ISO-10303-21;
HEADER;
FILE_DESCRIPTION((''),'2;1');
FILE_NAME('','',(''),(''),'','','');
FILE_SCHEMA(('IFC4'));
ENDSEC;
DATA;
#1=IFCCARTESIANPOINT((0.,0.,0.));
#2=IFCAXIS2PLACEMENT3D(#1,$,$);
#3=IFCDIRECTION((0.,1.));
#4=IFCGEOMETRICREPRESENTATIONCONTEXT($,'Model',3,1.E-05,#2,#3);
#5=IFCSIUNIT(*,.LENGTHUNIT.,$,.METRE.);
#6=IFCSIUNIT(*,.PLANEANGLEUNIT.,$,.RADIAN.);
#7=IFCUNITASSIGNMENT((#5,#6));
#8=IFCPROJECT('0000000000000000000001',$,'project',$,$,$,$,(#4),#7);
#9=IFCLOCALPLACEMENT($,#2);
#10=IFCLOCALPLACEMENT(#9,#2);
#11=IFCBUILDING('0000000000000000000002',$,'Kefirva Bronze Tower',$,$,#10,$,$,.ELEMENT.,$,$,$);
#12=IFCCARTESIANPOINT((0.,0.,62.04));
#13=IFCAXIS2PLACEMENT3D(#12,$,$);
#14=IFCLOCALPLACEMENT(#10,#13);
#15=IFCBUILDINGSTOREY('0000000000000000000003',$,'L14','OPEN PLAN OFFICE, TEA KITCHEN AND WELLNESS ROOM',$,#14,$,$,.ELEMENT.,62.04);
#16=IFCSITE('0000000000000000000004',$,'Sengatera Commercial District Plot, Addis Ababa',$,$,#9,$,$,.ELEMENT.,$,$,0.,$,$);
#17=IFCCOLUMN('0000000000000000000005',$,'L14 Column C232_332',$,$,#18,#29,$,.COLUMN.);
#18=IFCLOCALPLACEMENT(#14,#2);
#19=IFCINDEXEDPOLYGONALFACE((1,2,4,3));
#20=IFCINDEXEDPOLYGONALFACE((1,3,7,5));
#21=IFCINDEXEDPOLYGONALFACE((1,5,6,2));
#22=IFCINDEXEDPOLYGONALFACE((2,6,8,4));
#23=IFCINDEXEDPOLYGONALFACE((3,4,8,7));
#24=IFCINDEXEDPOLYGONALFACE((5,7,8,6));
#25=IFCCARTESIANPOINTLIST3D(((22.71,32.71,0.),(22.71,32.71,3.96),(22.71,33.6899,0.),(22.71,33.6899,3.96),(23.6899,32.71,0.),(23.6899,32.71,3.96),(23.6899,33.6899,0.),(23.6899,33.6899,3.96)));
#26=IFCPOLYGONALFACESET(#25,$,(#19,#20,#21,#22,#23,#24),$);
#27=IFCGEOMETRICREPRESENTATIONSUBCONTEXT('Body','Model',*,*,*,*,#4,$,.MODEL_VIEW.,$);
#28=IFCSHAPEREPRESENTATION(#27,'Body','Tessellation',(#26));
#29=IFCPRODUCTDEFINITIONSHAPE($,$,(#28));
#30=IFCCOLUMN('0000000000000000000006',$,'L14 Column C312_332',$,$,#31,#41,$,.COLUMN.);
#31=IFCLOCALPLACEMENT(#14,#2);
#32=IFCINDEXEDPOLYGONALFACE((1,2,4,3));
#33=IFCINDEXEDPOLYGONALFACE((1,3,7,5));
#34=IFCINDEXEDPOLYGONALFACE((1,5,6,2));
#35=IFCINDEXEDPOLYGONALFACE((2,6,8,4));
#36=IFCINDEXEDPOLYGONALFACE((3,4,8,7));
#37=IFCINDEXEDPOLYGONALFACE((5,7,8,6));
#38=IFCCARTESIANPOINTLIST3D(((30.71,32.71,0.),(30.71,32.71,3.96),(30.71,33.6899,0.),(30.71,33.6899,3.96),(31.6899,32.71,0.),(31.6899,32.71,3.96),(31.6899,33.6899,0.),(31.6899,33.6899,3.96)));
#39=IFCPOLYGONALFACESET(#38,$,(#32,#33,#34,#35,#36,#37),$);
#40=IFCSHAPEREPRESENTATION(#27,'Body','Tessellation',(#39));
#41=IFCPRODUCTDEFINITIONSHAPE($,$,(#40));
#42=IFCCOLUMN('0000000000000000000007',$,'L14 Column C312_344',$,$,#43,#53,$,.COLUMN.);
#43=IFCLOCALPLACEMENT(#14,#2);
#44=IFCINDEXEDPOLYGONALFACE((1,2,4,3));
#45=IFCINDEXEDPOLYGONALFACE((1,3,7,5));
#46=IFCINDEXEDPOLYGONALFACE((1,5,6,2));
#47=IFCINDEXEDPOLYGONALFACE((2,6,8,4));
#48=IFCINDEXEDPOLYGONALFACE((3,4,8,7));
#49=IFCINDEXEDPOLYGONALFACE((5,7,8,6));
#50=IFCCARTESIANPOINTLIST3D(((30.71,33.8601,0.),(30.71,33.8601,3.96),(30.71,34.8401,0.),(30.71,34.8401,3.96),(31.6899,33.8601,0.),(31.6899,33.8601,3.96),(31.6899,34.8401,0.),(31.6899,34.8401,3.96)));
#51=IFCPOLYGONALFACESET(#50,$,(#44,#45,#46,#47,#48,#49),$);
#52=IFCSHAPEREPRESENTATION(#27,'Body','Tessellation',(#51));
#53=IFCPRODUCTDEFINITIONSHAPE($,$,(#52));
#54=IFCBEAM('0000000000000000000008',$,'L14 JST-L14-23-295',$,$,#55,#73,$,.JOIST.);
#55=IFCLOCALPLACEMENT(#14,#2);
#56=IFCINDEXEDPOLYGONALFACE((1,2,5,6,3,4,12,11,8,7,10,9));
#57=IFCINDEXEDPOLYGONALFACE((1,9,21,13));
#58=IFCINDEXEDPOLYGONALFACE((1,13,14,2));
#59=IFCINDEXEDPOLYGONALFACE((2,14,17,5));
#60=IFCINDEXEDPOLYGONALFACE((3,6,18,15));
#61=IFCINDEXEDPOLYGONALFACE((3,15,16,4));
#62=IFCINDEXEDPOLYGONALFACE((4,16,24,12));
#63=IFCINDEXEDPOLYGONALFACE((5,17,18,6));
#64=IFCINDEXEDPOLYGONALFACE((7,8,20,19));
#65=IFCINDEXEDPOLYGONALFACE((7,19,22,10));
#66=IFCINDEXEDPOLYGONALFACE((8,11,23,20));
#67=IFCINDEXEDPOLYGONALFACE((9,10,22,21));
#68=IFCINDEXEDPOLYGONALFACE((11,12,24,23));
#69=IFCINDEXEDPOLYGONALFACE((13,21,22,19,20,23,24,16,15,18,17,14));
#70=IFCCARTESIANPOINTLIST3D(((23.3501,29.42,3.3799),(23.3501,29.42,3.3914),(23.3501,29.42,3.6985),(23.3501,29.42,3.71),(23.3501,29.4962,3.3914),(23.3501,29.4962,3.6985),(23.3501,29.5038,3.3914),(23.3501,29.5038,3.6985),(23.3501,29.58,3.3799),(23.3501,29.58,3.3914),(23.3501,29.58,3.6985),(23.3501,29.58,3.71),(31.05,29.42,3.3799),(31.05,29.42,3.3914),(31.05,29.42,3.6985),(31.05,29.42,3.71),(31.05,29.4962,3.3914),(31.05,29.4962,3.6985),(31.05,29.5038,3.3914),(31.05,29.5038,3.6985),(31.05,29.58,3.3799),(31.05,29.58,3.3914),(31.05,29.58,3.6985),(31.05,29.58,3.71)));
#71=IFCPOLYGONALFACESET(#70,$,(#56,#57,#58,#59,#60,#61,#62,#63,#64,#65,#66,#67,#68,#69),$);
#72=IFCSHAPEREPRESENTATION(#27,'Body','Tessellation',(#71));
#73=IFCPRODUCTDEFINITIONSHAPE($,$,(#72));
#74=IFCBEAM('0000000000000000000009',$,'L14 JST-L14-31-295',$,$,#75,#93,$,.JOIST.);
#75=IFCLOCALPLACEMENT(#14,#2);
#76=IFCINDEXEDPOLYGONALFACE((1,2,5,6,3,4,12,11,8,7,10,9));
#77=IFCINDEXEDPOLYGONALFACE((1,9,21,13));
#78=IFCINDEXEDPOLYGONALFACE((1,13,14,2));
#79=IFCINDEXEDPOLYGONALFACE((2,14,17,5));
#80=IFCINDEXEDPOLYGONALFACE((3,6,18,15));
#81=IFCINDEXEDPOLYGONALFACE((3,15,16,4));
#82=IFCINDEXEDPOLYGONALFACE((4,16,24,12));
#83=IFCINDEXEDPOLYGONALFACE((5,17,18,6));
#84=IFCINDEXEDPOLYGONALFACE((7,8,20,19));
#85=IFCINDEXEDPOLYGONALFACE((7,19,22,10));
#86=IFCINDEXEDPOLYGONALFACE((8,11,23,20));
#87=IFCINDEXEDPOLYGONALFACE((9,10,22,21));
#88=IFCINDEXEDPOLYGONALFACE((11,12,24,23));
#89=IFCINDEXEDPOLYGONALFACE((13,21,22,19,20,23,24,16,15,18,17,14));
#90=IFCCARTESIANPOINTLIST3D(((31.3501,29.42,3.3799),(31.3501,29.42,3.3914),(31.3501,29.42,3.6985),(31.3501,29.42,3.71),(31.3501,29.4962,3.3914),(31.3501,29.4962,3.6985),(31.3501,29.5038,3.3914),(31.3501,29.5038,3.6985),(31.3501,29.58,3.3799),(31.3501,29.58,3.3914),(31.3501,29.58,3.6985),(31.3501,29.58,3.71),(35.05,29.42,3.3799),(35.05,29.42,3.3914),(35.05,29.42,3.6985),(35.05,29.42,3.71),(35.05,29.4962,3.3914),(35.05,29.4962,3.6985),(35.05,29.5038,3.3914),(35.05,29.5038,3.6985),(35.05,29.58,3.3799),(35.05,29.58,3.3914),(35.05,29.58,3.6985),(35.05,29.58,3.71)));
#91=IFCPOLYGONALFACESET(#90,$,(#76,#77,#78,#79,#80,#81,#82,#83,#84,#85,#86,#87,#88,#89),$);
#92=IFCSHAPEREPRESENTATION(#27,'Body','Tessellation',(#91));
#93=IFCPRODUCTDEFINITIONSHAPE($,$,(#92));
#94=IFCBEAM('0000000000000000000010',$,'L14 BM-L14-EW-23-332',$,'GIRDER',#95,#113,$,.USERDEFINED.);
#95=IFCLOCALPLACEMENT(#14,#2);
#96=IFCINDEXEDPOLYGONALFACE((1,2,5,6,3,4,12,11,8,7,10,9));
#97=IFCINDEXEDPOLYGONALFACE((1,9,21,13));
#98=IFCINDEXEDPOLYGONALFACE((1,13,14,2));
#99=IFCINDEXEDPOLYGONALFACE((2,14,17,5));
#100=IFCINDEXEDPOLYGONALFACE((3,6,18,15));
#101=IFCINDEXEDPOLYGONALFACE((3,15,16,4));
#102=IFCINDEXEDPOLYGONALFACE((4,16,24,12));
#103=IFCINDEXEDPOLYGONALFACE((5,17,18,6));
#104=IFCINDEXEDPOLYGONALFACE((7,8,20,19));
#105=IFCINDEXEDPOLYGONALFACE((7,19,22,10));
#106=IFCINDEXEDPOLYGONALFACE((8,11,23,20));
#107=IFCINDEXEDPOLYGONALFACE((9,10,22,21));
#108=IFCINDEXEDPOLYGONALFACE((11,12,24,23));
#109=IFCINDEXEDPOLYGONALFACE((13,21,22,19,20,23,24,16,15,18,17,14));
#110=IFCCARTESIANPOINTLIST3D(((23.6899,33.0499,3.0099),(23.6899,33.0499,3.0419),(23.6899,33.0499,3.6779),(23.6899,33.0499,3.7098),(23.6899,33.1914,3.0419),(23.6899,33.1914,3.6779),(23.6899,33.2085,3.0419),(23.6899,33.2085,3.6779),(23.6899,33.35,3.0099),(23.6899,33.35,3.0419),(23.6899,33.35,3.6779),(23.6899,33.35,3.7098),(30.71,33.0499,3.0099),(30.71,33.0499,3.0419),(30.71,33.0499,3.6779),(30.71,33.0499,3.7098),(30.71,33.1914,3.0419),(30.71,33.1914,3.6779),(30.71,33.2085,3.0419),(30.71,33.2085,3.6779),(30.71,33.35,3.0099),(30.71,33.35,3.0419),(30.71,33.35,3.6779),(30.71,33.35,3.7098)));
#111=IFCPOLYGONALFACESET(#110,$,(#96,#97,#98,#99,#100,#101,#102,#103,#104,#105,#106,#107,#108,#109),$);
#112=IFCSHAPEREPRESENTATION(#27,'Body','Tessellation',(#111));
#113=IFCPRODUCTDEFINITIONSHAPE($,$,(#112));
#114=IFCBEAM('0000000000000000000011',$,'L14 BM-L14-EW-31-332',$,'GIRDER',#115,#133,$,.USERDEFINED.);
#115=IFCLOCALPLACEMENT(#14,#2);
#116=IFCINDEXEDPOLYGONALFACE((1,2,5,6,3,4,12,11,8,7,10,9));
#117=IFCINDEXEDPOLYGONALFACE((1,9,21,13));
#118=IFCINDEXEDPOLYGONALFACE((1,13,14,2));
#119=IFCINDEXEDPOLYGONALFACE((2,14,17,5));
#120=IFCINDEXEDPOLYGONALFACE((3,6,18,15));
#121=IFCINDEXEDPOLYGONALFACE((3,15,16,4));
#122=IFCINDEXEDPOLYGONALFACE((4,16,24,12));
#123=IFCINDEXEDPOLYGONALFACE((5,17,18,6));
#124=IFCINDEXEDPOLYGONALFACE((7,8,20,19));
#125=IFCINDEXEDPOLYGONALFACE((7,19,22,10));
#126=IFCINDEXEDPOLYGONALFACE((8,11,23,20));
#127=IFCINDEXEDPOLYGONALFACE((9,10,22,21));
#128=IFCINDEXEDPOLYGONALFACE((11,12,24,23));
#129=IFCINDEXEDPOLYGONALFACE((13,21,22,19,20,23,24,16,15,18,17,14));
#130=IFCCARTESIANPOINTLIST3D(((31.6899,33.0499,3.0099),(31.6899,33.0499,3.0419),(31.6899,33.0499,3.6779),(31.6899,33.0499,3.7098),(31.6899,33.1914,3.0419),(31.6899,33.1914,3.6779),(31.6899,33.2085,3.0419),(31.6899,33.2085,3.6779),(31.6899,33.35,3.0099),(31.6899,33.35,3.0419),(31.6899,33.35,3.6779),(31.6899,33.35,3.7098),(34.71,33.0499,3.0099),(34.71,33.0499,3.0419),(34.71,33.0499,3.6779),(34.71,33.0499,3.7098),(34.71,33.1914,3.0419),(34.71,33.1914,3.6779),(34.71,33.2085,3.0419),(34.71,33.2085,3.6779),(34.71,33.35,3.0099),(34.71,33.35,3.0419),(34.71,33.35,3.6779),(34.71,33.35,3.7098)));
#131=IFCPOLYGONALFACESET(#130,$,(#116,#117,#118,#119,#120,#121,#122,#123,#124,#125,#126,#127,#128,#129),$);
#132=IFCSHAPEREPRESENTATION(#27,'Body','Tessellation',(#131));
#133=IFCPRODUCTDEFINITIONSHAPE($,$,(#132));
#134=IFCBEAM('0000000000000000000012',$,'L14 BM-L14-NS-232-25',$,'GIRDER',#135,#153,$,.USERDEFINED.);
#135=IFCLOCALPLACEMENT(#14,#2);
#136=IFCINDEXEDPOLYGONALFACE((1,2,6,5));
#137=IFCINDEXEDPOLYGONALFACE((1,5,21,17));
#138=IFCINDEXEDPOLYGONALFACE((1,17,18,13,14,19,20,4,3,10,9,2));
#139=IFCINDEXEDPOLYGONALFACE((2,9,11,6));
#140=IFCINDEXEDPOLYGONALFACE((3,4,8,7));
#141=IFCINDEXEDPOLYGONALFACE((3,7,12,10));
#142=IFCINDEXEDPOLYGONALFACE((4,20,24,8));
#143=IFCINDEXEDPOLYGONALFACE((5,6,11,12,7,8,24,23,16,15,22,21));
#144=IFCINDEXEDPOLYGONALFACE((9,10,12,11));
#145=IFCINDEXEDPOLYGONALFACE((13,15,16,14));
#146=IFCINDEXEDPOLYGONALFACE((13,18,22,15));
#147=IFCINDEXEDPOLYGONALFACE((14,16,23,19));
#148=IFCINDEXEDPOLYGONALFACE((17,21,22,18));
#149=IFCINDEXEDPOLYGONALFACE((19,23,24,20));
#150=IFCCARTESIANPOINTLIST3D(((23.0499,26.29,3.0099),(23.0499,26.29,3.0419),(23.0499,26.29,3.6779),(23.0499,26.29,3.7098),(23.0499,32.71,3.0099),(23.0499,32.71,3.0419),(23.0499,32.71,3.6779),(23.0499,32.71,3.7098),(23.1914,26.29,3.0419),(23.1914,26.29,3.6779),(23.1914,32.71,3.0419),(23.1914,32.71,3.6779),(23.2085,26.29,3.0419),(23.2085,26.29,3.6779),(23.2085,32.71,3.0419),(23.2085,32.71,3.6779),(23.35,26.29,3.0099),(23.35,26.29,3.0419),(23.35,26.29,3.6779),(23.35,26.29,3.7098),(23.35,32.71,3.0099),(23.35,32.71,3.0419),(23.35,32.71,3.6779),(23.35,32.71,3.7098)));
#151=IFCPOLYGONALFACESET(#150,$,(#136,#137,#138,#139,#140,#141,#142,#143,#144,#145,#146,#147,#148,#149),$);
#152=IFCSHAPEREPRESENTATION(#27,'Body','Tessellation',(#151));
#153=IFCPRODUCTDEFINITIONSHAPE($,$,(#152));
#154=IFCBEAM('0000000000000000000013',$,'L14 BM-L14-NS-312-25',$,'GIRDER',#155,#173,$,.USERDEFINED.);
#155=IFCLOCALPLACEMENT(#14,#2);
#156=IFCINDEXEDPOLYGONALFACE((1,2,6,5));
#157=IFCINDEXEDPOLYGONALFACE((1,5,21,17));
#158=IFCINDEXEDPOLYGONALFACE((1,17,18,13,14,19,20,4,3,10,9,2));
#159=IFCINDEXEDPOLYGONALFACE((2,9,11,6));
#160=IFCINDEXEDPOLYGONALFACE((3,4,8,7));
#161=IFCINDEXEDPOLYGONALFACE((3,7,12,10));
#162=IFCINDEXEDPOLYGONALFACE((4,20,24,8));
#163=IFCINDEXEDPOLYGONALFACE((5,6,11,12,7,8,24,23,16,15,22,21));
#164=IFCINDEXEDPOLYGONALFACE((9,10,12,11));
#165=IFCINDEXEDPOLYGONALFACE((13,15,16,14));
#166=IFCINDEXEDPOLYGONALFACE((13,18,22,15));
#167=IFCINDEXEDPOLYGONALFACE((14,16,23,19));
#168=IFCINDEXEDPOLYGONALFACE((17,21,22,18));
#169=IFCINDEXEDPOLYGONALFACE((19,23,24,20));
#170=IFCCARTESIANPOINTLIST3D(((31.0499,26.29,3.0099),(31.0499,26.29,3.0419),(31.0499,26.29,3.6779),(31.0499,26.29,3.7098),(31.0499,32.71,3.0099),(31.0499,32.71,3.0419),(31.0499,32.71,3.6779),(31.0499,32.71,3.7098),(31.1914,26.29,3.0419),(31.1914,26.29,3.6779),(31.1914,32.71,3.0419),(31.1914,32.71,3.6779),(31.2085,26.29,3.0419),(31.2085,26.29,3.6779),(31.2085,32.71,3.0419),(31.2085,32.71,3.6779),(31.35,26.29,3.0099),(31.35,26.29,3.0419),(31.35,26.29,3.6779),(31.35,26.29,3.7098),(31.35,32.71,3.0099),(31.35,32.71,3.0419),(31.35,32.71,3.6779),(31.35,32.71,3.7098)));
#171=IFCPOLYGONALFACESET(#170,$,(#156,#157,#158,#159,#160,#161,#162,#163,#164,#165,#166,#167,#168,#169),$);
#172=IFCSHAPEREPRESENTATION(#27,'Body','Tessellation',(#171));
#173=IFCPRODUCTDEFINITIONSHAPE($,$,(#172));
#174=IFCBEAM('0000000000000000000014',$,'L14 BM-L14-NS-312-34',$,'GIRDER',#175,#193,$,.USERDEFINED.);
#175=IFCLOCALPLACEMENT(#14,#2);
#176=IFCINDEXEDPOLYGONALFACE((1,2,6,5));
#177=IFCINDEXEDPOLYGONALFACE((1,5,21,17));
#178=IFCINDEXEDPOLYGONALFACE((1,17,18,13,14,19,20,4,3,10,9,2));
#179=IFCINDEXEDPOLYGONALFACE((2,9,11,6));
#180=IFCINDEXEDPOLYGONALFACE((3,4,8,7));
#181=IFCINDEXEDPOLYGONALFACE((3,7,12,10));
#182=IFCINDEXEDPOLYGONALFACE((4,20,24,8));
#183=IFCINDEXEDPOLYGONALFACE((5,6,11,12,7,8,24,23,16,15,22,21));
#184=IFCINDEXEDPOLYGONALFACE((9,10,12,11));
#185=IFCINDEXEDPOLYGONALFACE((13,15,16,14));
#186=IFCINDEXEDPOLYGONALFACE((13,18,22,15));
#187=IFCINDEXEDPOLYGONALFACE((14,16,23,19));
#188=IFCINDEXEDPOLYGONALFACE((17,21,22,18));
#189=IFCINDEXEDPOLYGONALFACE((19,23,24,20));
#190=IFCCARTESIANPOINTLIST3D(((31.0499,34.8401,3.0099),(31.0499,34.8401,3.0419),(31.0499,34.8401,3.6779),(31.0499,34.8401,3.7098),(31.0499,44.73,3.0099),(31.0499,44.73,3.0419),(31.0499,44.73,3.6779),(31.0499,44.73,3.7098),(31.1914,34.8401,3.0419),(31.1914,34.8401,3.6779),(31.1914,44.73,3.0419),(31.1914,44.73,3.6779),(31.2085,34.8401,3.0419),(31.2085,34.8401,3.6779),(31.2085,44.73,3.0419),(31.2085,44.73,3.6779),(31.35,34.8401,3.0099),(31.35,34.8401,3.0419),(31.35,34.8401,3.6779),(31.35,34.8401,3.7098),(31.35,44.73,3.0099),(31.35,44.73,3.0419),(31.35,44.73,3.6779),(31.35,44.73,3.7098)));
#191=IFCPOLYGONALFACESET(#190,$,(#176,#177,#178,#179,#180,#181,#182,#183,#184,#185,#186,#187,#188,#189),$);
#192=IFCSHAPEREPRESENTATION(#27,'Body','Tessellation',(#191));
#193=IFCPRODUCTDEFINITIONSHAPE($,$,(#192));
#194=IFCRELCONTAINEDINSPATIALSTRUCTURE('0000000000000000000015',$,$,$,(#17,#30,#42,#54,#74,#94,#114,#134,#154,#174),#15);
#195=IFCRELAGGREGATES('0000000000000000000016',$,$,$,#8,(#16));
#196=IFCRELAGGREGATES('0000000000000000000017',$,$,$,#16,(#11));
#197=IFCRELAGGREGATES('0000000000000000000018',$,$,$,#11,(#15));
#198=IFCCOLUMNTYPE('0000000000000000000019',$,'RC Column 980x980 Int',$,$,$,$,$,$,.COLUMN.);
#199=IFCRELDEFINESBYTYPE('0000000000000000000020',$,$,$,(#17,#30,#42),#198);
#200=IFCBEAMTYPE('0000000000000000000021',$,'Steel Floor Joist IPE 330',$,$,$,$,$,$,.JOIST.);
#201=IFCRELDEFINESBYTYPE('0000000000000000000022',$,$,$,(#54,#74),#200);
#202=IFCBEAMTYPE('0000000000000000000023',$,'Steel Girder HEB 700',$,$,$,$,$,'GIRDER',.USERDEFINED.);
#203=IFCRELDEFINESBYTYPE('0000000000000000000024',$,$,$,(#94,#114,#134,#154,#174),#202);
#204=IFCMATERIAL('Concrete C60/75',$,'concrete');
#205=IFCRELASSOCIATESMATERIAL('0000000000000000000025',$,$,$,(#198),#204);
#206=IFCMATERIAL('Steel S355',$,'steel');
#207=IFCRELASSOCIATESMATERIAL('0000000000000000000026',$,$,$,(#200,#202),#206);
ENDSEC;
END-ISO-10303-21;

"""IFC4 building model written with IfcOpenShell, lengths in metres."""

from ifc_helpers import new_model, si_unit, direction, frame, origin, origin_2d, place, context, subcontext, project, spatial, rectangle, i_section, extrude, material, material_profile, profile_set, type_object, element, save


model = new_model("IFC4")

# Units and contexts
model_context = context("Model", 3, precision=1e-05, world=origin(), true_north=direction((0.0, 1.0)))
body_context = subcontext(model_context, "Body", "Model", "MODEL_VIEW")
ifc_project = project(units=[si_unit("LENGTHUNIT", "METRE"), si_unit("PLANEANGLEUNIT", "RADIAN")], contexts=[model_context])

# Site, building, storey
site_placement = place(None, origin())
site = spatial("IfcSite", under=ifc_project, at=site_placement, Name="Sengatera Commercial District Plot, Addis Ababa", CompositionType="ELEMENT", RefElevation=0.0)
building_placement = place(site_placement, origin())
building = spatial("IfcBuilding", under=site, at=building_placement, Name="Kefirva Bronze Tower", CompositionType="ELEMENT")
storey_placement = place(building_placement, frame((0.0, 0.0, 62.04)))
storey = spatial("IfcBuildingStorey", under=building, at=storey_placement, Name="L14", Description="OPEN PLAN OFFICE, TEA KITCHEN AND WELLNESS ROOM", CompositionType="ELEMENT", Elevation=62.04)

# Columns
ifc_material_1 = material(Name="Concrete C60/75", Category="concrete")
ifc_material_profile_1 = material_profile(ifc_material_1, rectangle(XDim=0.98, YDim=0.98, at=origin_2d()), Name="RC 980x980")
ifc_profile_set_1 = profile_set([ifc_material_profile_1], Name="Concrete C60/75")
column_type = type_object("IfcColumnType", Name="RC Column 980x980 Int", PredefinedType="COLUMN", material=ifc_profile_set_1)
for number, where, z_axis, x_axis, name in (
    (1, (23.2, 33.2, 0.0), (0.0, 0.0, 1.0), (1.0, 0.0, 0.0), "L14 Column C232_332"),
    (2, (31.2, 33.2, 0.0), (0.0, 0.0, 1.0), (1.0, 0.0, 0.0), "L14 Column C312_332"),
    (3, (31.2, 34.3501, 0.0), (0.0, 0.0, 1.0), (1.0, 0.0, 0.0), "L14 Column C312_344"),
):
    element("IfcColumn", number, at=place(storey_placement, frame(where, z_axis=z_axis, x_axis=x_axis)), inside=storey, type_object=column_type, Name=name, PredefinedType="COLUMN", context=body_context, shape_type="SweptSolid", body=[
        extrude(rectangle(XDim=0.98, YDim=0.98, at=origin_2d()), origin(), (0.0, 0.0, 1.0), 3.96),
    ])

# Beams
ifc_material_2 = material(Name="Steel S355", Category="steel")
ifc_material_profile_2 = material_profile(ifc_material_2, i_section(OverallWidth=0.1599, OverallDepth=0.3301, WebThickness=0.0076, FlangeThickness=0.0115, at=origin_2d()), Name="IPE 330")
ifc_profile_set_2 = profile_set([ifc_material_profile_2], Name="Steel S355")
beam_type_1 = type_object("IfcBeamType", Name="Steel Floor Joist IPE 330", PredefinedType="JOIST", material=ifc_profile_set_2)
beam_1_placement = place(storey_placement, frame((23.3501, 29.5, 3.5449), z_axis=(1.0, 0.0, 0.0), x_axis=(0.0, 1.0, 0.0)))
element("IfcBeam", 4, at=beam_1_placement, inside=storey, type_object=beam_type_1, Name="L14 JST-L14-23-295", PredefinedType="JOIST", context=body_context, shape_type="SweptSolid", body=[
    extrude(i_section(OverallWidth=0.1599, OverallDepth=0.3301, WebThickness=0.0076, FlangeThickness=0.0115, at=origin_2d()), origin(), (0.0, 0.0, 1.0), 7.7),
])
beam_2_placement = place(storey_placement, frame((31.3501, 29.5, 3.5449), z_axis=(1.0, 0.0, 0.0), x_axis=(0.0, 1.0, 0.0)))
element("IfcBeam", 5, at=beam_2_placement, inside=storey, type_object=beam_type_1, Name="L14 JST-L14-31-295", PredefinedType="JOIST", context=body_context, shape_type="SweptSolid", body=[
    extrude(i_section(OverallWidth=0.1599, OverallDepth=0.3301, WebThickness=0.0076, FlangeThickness=0.0115, at=origin_2d()), origin(), (0.0, 0.0, 1.0), 3.7),
])
ifc_material_profile_3 = material_profile(ifc_material_2, i_section(OverallWidth=0.3, OverallDepth=0.7, WebThickness=0.0171, FlangeThickness=0.032, at=origin_2d()), Name="HEB 700")
ifc_profile_set_3 = profile_set([ifc_material_profile_3], Name="Steel S355")
beam_type_2 = type_object("IfcBeamType", Name="Steel Girder HEB 700", ElementType="GIRDER", PredefinedType="USERDEFINED", material=ifc_profile_set_3)
beam_3_placement = place(storey_placement, frame((23.6899, 33.2, 3.3599), z_axis=(1.0, 0.0, 0.0), x_axis=(0.0, 1.0, 0.0)))
element("IfcBeam", 6, at=beam_3_placement, inside=storey, type_object=beam_type_2, Name="L14 BM-L14-EW-23-332", ObjectType="GIRDER", PredefinedType="USERDEFINED", context=body_context, shape_type="SweptSolid", body=[
    extrude(i_section(OverallWidth=0.3, OverallDepth=0.7, WebThickness=0.0171, FlangeThickness=0.032, at=origin_2d()), origin(), (0.0, 0.0, 1.0), 7.02),
])
beam_4_placement = place(storey_placement, frame((31.6899, 33.2, 3.3599), z_axis=(1.0, 0.0, 0.0), x_axis=(0.0, 1.0, 0.0)))
element("IfcBeam", 7, at=beam_4_placement, inside=storey, type_object=beam_type_2, Name="L14 BM-L14-EW-31-332", ObjectType="GIRDER", PredefinedType="USERDEFINED", context=body_context, shape_type="SweptSolid", body=[
    extrude(i_section(OverallWidth=0.3, OverallDepth=0.7, WebThickness=0.0171, FlangeThickness=0.032, at=origin_2d()), origin(), (0.0, 0.0, 1.0), 3.02),
])
for number, where, z_axis, x_axis, name in (
    (8, (23.2, 26.29, 3.3599), (0.0, 1.0, 0.0), (-1.0, 0.0, 0.0), "L14 BM-L14-NS-232-25"),
    (9, (31.2, 26.29, 3.3599), (0.0, 1.0, 0.0), (-1.0, 0.0, 0.0), "L14 BM-L14-NS-312-25"),
):
    element("IfcBeam", number, at=place(storey_placement, frame(where, z_axis=z_axis, x_axis=x_axis)), inside=storey, type_object=beam_type_2, Name=name, ObjectType="GIRDER", PredefinedType="USERDEFINED", context=body_context, shape_type="SweptSolid", body=[
        extrude(i_section(OverallWidth=0.3, OverallDepth=0.7, WebThickness=0.0171, FlangeThickness=0.032, at=origin_2d()), origin(), (0.0, 0.0, 1.0), 6.4199),
    ])
beam_5_placement = place(storey_placement, frame((31.2, 34.8401, 3.3599), z_axis=(0.0, 1.0, 0.0), x_axis=(-1.0, 0.0, 0.0)))
element("IfcBeam", 10, at=beam_5_placement, inside=storey, type_object=beam_type_2, Name="L14 BM-L14-NS-312-34", ObjectType="GIRDER", PredefinedType="USERDEFINED", context=body_context, shape_type="SweptSolid", body=[
    extrude(i_section(OverallWidth=0.3, OverallDepth=0.7, WebThickness=0.0171, FlangeThickness=0.032, at=origin_2d()), origin(), (0.0, 0.0, 1.0), 9.8899),
])

save(model, "model.ifc")
